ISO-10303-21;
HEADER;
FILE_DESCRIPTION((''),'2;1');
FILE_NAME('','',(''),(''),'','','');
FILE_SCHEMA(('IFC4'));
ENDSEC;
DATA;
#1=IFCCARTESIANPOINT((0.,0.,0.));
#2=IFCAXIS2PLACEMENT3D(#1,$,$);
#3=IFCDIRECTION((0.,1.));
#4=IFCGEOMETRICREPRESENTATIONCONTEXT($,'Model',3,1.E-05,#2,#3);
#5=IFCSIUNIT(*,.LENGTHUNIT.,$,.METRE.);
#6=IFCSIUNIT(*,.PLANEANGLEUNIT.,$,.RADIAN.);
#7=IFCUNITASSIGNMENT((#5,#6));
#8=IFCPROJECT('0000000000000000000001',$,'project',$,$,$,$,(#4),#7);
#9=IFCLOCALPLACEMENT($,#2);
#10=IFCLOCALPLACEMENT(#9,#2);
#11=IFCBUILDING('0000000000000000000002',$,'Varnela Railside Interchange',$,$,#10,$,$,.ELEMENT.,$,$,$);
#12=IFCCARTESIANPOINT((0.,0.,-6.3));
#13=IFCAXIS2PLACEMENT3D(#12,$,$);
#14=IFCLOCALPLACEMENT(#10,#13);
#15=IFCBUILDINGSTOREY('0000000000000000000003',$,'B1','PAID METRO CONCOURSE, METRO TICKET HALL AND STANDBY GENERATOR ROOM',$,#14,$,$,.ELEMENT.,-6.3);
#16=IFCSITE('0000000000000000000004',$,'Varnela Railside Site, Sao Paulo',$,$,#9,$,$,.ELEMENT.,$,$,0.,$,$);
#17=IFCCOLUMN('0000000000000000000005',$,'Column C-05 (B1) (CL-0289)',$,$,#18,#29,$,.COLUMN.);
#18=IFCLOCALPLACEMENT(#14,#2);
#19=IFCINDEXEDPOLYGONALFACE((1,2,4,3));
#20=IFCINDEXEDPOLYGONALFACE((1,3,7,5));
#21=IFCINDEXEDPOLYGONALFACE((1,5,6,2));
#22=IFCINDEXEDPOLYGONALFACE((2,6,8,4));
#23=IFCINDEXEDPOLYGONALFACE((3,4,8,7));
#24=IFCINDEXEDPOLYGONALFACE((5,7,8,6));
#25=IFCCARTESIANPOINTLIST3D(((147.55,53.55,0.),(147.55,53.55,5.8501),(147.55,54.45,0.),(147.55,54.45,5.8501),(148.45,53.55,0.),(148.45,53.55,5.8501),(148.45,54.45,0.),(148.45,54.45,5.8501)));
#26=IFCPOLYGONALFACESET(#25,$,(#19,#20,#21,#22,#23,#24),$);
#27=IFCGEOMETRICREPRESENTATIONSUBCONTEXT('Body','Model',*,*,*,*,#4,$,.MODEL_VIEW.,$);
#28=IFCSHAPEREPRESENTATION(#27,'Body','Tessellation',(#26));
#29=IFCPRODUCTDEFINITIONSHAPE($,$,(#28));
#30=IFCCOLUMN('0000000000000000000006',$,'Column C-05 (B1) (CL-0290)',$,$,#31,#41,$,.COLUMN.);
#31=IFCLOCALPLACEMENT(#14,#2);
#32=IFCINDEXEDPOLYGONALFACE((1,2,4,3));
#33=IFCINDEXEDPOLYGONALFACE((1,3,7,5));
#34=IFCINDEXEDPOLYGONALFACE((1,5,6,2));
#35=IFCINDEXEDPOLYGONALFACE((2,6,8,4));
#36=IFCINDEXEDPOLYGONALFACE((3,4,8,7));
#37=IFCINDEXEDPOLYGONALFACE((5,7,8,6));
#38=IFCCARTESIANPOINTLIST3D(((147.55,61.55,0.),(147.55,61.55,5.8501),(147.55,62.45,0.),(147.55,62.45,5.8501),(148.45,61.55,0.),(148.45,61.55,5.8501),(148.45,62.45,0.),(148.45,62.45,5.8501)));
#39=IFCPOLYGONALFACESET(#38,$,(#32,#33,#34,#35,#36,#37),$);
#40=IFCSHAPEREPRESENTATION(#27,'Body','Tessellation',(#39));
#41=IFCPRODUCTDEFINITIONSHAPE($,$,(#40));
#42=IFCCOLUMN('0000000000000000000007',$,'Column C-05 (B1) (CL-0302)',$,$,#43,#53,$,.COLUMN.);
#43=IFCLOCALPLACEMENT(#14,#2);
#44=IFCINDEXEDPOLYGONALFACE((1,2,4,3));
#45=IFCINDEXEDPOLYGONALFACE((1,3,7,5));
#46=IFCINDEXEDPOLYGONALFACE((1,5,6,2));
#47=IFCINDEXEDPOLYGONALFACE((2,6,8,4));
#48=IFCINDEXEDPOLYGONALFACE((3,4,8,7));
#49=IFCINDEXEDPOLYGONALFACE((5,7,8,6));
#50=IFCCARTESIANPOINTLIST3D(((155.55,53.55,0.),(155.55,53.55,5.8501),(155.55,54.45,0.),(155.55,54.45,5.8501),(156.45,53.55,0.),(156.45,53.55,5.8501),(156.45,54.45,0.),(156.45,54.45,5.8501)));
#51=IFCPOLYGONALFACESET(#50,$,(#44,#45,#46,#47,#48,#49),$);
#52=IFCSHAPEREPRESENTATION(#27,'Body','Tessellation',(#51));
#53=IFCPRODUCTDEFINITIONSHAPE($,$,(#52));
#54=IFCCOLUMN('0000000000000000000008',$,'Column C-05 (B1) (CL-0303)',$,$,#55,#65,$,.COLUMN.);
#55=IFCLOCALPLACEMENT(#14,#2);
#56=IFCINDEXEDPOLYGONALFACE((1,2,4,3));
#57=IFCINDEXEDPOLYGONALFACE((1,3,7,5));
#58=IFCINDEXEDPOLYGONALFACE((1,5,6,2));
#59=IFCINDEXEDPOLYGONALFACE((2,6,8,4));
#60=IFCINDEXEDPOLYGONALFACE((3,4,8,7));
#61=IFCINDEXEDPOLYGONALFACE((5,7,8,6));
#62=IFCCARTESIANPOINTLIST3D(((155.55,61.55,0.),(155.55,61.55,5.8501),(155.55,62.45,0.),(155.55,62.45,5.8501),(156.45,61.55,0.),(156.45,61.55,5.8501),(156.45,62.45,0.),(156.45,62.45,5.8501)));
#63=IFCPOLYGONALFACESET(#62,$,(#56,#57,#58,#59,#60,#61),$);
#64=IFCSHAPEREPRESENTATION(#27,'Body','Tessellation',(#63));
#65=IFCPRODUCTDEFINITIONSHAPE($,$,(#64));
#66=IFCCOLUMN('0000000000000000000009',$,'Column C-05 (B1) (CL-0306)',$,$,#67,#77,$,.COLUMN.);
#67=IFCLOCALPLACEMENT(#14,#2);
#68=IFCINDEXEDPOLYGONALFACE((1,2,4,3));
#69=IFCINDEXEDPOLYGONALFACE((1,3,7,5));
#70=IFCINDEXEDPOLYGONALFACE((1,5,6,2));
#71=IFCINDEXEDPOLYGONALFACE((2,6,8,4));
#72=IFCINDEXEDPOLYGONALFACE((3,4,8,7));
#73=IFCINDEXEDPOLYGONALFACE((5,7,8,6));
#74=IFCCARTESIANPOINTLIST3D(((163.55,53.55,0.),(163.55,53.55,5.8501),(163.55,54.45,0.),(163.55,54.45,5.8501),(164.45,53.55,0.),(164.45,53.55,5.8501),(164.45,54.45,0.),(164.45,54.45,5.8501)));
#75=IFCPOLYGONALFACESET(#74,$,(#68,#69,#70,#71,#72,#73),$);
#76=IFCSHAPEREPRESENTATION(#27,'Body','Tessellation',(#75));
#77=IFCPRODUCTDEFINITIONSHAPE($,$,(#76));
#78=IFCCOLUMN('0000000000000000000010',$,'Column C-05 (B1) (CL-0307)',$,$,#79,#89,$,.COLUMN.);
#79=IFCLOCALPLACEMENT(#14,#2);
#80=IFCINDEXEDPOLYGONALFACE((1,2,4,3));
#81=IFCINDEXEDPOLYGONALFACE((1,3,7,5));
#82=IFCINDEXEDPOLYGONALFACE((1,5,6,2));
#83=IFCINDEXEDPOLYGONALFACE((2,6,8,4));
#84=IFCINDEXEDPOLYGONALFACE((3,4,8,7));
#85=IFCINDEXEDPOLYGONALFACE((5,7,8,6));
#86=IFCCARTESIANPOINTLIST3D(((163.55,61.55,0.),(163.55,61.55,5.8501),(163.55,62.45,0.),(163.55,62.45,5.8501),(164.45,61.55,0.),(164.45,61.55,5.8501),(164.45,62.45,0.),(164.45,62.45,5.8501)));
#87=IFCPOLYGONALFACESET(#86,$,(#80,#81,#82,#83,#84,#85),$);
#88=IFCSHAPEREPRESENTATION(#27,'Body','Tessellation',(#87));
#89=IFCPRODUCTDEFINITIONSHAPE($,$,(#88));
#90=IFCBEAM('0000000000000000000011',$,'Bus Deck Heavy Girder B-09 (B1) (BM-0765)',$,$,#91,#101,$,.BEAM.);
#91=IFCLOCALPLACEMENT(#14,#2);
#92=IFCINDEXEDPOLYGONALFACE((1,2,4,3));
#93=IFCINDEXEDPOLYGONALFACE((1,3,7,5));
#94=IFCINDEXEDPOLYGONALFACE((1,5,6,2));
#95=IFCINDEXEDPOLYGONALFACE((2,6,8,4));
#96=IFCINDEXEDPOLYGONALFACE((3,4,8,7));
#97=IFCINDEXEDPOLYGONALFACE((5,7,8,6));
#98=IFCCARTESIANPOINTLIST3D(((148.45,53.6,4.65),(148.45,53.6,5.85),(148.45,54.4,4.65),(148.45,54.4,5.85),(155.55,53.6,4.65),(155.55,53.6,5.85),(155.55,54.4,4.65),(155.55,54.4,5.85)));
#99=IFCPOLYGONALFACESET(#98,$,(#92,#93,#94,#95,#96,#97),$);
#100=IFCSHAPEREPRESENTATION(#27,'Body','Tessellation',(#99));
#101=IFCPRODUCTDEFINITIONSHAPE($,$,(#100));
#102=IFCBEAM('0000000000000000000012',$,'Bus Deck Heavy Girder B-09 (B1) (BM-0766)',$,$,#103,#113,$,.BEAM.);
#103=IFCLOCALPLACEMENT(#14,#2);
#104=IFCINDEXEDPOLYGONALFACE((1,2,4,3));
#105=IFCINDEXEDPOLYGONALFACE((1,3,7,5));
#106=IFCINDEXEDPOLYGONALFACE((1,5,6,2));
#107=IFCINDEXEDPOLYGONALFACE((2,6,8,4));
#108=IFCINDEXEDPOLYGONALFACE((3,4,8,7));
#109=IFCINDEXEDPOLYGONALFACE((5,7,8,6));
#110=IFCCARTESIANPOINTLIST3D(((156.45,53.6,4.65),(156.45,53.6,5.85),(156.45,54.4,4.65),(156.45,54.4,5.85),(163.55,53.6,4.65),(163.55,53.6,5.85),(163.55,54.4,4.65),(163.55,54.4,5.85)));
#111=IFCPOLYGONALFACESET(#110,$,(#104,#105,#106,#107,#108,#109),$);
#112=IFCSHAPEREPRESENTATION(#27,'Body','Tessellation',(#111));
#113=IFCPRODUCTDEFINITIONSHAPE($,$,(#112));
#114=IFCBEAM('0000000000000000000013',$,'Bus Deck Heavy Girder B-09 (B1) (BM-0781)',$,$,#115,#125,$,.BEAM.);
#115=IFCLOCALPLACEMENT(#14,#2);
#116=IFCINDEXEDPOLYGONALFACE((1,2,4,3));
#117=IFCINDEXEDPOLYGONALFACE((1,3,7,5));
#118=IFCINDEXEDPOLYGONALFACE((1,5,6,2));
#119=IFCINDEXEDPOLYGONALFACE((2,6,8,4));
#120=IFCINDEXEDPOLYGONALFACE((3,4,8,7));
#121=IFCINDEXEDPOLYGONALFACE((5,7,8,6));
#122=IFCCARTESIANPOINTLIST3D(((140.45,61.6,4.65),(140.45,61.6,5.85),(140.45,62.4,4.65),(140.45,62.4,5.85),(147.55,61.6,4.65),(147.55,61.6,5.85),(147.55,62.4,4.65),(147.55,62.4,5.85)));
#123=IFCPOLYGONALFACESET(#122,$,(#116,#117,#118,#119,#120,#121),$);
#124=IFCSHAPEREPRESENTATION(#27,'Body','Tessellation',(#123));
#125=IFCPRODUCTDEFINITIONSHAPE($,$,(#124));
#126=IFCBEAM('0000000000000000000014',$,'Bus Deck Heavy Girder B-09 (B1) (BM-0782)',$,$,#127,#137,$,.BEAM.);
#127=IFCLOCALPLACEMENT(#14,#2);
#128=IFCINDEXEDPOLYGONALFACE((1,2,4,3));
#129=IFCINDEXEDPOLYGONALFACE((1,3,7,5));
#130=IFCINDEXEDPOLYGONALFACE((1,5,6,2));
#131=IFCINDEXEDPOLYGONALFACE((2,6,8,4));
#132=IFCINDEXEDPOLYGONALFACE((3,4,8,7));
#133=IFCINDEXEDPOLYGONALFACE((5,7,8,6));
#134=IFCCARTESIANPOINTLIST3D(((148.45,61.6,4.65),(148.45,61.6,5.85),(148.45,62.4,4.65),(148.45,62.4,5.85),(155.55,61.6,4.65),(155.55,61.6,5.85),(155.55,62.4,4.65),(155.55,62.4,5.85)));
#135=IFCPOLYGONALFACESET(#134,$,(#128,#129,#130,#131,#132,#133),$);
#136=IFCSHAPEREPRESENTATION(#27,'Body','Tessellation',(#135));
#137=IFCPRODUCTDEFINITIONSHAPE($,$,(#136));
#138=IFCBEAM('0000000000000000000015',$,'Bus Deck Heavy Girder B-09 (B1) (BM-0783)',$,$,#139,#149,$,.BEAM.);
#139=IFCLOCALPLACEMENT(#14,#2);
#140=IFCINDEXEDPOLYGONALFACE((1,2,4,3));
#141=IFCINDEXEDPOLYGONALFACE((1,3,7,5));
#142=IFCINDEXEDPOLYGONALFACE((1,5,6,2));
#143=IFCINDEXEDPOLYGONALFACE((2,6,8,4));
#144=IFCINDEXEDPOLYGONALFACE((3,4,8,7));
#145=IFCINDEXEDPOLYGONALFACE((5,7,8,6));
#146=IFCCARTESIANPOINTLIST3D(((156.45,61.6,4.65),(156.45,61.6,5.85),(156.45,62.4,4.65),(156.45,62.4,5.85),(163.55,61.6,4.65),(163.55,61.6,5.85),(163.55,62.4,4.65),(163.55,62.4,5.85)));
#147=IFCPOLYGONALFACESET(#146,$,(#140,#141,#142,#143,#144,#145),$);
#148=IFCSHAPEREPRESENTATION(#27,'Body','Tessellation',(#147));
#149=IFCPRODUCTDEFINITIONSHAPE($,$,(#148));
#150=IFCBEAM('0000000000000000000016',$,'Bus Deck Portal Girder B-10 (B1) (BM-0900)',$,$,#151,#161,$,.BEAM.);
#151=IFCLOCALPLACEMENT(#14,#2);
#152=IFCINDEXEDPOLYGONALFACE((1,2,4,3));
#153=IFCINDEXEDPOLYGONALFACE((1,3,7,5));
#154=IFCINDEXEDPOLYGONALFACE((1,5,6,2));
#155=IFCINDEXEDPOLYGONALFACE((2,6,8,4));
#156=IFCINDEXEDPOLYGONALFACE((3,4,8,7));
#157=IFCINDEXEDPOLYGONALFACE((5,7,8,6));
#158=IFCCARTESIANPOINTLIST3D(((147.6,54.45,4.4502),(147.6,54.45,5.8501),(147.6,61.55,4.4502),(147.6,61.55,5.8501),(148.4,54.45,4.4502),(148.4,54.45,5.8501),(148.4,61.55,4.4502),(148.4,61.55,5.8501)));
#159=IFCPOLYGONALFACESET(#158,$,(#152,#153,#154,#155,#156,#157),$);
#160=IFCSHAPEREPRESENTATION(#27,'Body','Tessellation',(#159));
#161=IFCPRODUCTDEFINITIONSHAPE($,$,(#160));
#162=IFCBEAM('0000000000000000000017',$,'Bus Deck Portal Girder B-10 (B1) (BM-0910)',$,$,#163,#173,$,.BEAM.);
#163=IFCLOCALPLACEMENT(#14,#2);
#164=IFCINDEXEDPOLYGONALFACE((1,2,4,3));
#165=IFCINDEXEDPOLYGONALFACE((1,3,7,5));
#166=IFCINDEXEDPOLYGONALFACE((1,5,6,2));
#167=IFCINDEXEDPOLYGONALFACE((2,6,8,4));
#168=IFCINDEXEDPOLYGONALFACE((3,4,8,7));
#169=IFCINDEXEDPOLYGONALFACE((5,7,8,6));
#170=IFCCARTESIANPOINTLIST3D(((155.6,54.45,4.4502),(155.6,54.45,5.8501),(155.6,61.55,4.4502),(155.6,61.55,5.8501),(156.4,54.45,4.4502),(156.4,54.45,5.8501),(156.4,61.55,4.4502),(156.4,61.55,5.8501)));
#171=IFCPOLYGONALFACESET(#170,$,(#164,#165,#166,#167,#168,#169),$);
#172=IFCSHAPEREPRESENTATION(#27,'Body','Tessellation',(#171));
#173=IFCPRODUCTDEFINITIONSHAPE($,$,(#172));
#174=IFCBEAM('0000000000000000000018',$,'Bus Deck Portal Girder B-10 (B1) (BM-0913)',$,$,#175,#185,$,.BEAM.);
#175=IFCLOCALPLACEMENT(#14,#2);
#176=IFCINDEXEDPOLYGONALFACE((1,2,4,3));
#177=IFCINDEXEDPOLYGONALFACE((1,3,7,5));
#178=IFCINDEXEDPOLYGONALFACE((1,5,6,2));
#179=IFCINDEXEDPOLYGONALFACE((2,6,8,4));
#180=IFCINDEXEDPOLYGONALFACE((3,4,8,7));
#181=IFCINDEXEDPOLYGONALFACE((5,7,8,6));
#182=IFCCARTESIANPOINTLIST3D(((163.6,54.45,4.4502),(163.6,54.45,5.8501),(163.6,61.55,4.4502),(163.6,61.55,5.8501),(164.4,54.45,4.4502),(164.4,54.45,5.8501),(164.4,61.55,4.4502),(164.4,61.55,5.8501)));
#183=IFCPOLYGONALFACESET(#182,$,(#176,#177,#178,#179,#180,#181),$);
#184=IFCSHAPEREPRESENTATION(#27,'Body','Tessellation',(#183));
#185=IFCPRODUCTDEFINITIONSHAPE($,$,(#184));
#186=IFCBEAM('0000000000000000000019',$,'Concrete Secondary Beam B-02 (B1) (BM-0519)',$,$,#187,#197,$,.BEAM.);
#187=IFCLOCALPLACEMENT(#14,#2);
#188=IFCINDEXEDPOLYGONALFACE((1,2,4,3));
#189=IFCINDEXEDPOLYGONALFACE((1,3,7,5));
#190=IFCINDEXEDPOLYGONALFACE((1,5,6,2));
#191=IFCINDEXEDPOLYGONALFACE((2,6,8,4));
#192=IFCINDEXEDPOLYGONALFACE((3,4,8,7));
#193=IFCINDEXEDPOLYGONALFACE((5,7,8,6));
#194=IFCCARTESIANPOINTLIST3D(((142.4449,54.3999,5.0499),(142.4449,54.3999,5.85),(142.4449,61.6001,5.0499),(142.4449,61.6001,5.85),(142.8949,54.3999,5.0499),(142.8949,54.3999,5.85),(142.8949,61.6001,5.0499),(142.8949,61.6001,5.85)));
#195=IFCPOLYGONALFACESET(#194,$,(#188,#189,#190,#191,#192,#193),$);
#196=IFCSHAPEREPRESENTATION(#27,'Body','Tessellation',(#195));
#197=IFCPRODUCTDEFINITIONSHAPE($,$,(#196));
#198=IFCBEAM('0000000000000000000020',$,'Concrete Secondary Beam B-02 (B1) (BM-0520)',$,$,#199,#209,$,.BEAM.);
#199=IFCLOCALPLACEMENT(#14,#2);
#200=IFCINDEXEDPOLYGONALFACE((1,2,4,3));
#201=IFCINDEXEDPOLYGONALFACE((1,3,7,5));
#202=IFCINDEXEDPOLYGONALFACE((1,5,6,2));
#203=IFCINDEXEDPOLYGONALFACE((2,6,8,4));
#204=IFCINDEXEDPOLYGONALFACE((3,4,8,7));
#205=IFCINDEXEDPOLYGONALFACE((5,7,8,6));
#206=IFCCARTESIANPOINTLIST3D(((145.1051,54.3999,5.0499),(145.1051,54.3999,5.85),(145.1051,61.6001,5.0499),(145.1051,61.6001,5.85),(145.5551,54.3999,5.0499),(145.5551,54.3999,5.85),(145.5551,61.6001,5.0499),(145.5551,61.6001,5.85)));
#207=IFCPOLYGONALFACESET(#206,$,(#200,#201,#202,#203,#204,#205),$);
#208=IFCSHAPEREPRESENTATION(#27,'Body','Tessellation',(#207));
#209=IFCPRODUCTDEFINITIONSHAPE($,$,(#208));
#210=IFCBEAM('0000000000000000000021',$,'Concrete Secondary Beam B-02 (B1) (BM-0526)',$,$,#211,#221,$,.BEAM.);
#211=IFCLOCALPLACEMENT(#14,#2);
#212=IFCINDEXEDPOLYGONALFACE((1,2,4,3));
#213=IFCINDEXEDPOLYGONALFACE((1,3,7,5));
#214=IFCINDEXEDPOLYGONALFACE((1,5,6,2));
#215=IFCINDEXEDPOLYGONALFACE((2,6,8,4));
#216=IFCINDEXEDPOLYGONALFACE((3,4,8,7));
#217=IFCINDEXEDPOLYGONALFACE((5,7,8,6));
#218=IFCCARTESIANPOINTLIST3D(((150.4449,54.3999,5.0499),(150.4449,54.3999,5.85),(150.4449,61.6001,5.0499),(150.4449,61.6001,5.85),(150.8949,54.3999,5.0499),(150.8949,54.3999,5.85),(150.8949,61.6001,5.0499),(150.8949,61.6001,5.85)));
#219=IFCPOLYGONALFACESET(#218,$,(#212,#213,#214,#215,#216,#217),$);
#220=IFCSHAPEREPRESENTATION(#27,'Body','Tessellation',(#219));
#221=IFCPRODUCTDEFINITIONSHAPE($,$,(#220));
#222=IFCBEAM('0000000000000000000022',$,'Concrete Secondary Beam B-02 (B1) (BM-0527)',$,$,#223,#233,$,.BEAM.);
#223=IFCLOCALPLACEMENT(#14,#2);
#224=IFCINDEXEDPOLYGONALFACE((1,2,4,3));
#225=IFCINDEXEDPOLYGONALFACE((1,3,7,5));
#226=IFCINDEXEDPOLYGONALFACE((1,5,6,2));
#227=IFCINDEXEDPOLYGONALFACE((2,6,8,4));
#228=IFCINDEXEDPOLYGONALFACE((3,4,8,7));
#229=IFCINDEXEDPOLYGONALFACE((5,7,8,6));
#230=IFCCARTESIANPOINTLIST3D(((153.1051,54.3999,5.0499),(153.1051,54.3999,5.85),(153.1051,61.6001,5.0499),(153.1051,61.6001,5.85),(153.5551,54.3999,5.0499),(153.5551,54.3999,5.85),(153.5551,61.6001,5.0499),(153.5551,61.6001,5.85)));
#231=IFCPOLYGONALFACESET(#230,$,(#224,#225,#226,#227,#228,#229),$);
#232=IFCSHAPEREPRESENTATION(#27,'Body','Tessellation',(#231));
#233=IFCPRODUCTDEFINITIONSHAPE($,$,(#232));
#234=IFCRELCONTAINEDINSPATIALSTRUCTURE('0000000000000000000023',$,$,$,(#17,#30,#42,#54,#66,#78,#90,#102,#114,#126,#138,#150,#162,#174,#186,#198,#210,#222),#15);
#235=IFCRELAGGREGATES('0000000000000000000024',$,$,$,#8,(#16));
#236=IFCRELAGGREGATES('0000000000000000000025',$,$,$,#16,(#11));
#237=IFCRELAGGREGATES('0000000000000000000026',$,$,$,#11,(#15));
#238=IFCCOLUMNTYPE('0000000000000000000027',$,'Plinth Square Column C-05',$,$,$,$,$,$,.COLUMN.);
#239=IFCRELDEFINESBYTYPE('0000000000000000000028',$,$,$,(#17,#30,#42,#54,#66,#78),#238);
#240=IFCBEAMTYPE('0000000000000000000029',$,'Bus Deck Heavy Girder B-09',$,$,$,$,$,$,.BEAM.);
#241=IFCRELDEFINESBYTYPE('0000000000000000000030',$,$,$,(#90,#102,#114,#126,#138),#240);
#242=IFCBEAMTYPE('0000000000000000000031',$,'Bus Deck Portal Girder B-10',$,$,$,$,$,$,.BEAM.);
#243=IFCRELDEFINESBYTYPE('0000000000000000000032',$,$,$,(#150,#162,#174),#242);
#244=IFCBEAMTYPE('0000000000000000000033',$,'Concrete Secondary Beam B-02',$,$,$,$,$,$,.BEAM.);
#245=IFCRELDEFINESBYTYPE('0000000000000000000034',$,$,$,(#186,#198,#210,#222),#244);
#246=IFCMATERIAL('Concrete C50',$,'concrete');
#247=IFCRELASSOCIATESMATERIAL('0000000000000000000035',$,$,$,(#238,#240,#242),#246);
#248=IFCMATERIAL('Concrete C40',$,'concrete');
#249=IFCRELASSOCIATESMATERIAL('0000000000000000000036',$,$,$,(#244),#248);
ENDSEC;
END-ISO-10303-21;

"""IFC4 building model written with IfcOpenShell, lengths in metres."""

from ifc_helpers import new_model, si_unit, direction, frame, origin, origin_2d, place, context, subcontext, project, spatial, rectangle, extrude, material, material_profile, profile_set, type_object, element, save


model = new_model("IFC4")

# Units and contexts
model_context = context("Model", 3, precision=1e-05, world=origin(), true_north=direction((0.0, 1.0)))
body_context = subcontext(model_context, "Body", "Model", "MODEL_VIEW")
ifc_project = project(units=[si_unit("LENGTHUNIT", "METRE"), si_unit("PLANEANGLEUNIT", "RADIAN")], contexts=[model_context])

# Site, building, storey
site_placement = place(None, origin())
site = spatial("IfcSite", under=ifc_project, at=site_placement, Name="Varnela Railside Site, Sao Paulo", CompositionType="ELEMENT", RefElevation=0.0)
building_placement = place(site_placement, origin())
building = spatial("IfcBuilding", under=site, at=building_placement, Name="Varnela Railside Interchange", CompositionType="ELEMENT")
storey_placement = place(building_placement, frame((0.0, 0.0, -6.3)))
storey = spatial("IfcBuildingStorey", under=building, at=storey_placement, Name="B1", Description="PAID METRO CONCOURSE, METRO TICKET HALL AND STANDBY GENERATOR ROOM", CompositionType="ELEMENT", Elevation=-6.3)

# Columns
ifc_material_1 = material(Name="Concrete C50", Category="concrete")
ifc_material_profile_1 = material_profile(ifc_material_1, rectangle(XDim=0.8999, YDim=0.8999, at=origin_2d()), Name="RC 900x900")
ifc_profile_set_1 = profile_set([ifc_material_profile_1], Name="Concrete C50")
column_type = type_object("IfcColumnType", Name="Plinth Square Column C-05", PredefinedType="COLUMN", material=ifc_profile_set_1)
for number, where, z_axis, x_axis, name in (
    (1, (148.0, 54.0, 0.0), (0.0, 0.0, 1.0), (1.0, 0.0, 0.0), "Column C-05 (B1) (CL-0289)"),
    (2, (148.0, 62.0, 0.0), (0.0, 0.0, 1.0), (1.0, 0.0, 0.0), "Column C-05 (B1) (CL-0290)"),
    (3, (156.0, 54.0, 0.0), (0.0, 0.0, 1.0), (1.0, 0.0, 0.0), "Column C-05 (B1) (CL-0302)"),
    (4, (156.0, 62.0, 0.0), (0.0, 0.0, 1.0), (1.0, 0.0, 0.0), "Column C-05 (B1) (CL-0303)"),
    (5, (164.0, 54.0, 0.0), (0.0, 0.0, 1.0), (1.0, 0.0, 0.0), "Column C-05 (B1) (CL-0306)"),
    (6, (164.0, 62.0, 0.0), (0.0, 0.0, 1.0), (1.0, 0.0, 0.0), "Column C-05 (B1) (CL-0307)"),
):
    element("IfcColumn", number, at=place(storey_placement, frame(where, z_axis=z_axis, x_axis=x_axis)), inside=storey, type_object=column_type, Name=name, PredefinedType="COLUMN", context=body_context, shape_type="SweptSolid", body=[
        extrude(rectangle(XDim=0.8999, YDim=0.8999, at=origin_2d()), origin(), (0.0, 0.0, 1.0), 5.8501),
    ])

# Beams
ifc_material_profile_2 = material_profile(ifc_material_1, rectangle(XDim=0.8, YDim=1.2, at=origin_2d()), Name="RC 800x1200")
ifc_profile_set_2 = profile_set([ifc_material_profile_2], Name="Concrete C50")
beam_type_1 = type_object("IfcBeamType", Name="Bus Deck Heavy Girder B-09", PredefinedType="BEAM", material=ifc_profile_set_2)
for number, where, z_axis, x_axis, name in (
    (7, (148.45, 54.0, 5.25), (1.0, 0.0, 0.0), (0.0, 1.0, 0.0), "Bus Deck Heavy Girder B-09 (B1) (BM-0765)"),
    (8, (156.45, 54.0, 5.25), (1.0, 0.0, 0.0), (0.0, 1.0, 0.0), "Bus Deck Heavy Girder B-09 (B1) (BM-0766)"),
    (9, (140.45, 62.0, 5.25), (1.0, 0.0, 0.0), (0.0, 1.0, 0.0), "Bus Deck Heavy Girder B-09 (B1) (BM-0781)"),
    (10, (148.45, 62.0, 5.25), (1.0, 0.0, 0.0), (0.0, 1.0, 0.0), "Bus Deck Heavy Girder B-09 (B1) (BM-0782)"),
    (11, (156.45, 62.0, 5.25), (1.0, 0.0, 0.0), (0.0, 1.0, 0.0), "Bus Deck Heavy Girder B-09 (B1) (BM-0783)"),
):
    element("IfcBeam", number, at=place(storey_placement, frame(where, z_axis=z_axis, x_axis=x_axis)), inside=storey, type_object=beam_type_1, Name=name, PredefinedType="BEAM", context=body_context, shape_type="SweptSolid", body=[
        extrude(rectangle(XDim=0.8, YDim=1.2, at=origin_2d()), origin(), (0.0, 0.0, 1.0), 7.1001),
    ])
ifc_material_profile_3 = material_profile(ifc_material_1, rectangle(XDim=0.8, YDim=1.3999, at=origin_2d()), Name="RC 800x1400")
ifc_profile_set_3 = profile_set([ifc_material_profile_3], Name="Concrete C50")
beam_type_2 = type_object("IfcBeamType", Name="Bus Deck Portal Girder B-10", PredefinedType="BEAM", material=ifc_profile_set_3)
for number, where, z_axis, x_axis, name in (
    (12, (148.0, 54.45, 5.1501), (0.0, 1.0, 0.0), (-1.0, 0.0, 0.0), "Bus Deck Portal Girder B-10 (B1) (BM-0900)"),
    (13, (156.0, 54.45, 5.1501), (0.0, 1.0, 0.0), (-1.0, 0.0, 0.0), "Bus Deck Portal Girder B-10 (B1) (BM-0910)"),
    (14, (164.0, 54.45, 5.1501), (0.0, 1.0, 0.0), (-1.0, 0.0, 0.0), "Bus Deck Portal Girder B-10 (B1) (BM-0913)"),
):
    element("IfcBeam", number, at=place(storey_placement, frame(where, z_axis=z_axis, x_axis=x_axis)), inside=storey, type_object=beam_type_2, Name=name, PredefinedType="BEAM", context=body_context, shape_type="SweptSolid", body=[
        extrude(rectangle(XDim=0.8, YDim=1.3999, at=origin_2d()), origin(), (0.0, 0.0, 1.0), 7.1001),
    ])
ifc_material_2 = material(Name="Concrete C40", Category="concrete")
ifc_material_profile_4 = material_profile(ifc_material_2, rectangle(XDim=0.45, YDim=0.8, at=origin_2d()), Name="RC 450x800")
ifc_profile_set_4 = profile_set([ifc_material_profile_4], Name="Concrete C40")
beam_type_3 = type_object("IfcBeamType", Name="Concrete Secondary Beam B-02", PredefinedType="BEAM", material=ifc_profile_set_4)
for number, where, z_axis, x_axis, name in (
    (15, (142.6699, 54.3999, 5.45), (0.0, 1.0, 0.0), (-1.0, 0.0, 0.0), "Concrete Secondary Beam B-02 (B1) (BM-0519)"),
    (16, (145.3301, 54.3999, 5.45), (0.0, 1.0, 0.0), (-1.0, 0.0, 0.0), "Concrete Secondary Beam B-02 (B1) (BM-0520)"),
    (17, (150.6699, 54.3999, 5.45), (0.0, 1.0, 0.0), (-1.0, 0.0, 0.0), "Concrete Secondary Beam B-02 (B1) (BM-0526)"),
    (18, (153.3301, 54.3999, 5.45), (0.0, 1.0, 0.0), (-1.0, 0.0, 0.0), "Concrete Secondary Beam B-02 (B1) (BM-0527)"),
):
    element("IfcBeam", number, at=place(storey_placement, frame(where, z_axis=z_axis, x_axis=x_axis)), inside=storey, type_object=beam_type_3, Name=name, PredefinedType="BEAM", context=body_context, shape_type="SweptSolid", body=[
        extrude(rectangle(XDim=0.45, YDim=0.8, at=origin_2d()), origin(), (0.0, 0.0, 1.0), 7.2002),
    ])

save(model, "model.ifc")
